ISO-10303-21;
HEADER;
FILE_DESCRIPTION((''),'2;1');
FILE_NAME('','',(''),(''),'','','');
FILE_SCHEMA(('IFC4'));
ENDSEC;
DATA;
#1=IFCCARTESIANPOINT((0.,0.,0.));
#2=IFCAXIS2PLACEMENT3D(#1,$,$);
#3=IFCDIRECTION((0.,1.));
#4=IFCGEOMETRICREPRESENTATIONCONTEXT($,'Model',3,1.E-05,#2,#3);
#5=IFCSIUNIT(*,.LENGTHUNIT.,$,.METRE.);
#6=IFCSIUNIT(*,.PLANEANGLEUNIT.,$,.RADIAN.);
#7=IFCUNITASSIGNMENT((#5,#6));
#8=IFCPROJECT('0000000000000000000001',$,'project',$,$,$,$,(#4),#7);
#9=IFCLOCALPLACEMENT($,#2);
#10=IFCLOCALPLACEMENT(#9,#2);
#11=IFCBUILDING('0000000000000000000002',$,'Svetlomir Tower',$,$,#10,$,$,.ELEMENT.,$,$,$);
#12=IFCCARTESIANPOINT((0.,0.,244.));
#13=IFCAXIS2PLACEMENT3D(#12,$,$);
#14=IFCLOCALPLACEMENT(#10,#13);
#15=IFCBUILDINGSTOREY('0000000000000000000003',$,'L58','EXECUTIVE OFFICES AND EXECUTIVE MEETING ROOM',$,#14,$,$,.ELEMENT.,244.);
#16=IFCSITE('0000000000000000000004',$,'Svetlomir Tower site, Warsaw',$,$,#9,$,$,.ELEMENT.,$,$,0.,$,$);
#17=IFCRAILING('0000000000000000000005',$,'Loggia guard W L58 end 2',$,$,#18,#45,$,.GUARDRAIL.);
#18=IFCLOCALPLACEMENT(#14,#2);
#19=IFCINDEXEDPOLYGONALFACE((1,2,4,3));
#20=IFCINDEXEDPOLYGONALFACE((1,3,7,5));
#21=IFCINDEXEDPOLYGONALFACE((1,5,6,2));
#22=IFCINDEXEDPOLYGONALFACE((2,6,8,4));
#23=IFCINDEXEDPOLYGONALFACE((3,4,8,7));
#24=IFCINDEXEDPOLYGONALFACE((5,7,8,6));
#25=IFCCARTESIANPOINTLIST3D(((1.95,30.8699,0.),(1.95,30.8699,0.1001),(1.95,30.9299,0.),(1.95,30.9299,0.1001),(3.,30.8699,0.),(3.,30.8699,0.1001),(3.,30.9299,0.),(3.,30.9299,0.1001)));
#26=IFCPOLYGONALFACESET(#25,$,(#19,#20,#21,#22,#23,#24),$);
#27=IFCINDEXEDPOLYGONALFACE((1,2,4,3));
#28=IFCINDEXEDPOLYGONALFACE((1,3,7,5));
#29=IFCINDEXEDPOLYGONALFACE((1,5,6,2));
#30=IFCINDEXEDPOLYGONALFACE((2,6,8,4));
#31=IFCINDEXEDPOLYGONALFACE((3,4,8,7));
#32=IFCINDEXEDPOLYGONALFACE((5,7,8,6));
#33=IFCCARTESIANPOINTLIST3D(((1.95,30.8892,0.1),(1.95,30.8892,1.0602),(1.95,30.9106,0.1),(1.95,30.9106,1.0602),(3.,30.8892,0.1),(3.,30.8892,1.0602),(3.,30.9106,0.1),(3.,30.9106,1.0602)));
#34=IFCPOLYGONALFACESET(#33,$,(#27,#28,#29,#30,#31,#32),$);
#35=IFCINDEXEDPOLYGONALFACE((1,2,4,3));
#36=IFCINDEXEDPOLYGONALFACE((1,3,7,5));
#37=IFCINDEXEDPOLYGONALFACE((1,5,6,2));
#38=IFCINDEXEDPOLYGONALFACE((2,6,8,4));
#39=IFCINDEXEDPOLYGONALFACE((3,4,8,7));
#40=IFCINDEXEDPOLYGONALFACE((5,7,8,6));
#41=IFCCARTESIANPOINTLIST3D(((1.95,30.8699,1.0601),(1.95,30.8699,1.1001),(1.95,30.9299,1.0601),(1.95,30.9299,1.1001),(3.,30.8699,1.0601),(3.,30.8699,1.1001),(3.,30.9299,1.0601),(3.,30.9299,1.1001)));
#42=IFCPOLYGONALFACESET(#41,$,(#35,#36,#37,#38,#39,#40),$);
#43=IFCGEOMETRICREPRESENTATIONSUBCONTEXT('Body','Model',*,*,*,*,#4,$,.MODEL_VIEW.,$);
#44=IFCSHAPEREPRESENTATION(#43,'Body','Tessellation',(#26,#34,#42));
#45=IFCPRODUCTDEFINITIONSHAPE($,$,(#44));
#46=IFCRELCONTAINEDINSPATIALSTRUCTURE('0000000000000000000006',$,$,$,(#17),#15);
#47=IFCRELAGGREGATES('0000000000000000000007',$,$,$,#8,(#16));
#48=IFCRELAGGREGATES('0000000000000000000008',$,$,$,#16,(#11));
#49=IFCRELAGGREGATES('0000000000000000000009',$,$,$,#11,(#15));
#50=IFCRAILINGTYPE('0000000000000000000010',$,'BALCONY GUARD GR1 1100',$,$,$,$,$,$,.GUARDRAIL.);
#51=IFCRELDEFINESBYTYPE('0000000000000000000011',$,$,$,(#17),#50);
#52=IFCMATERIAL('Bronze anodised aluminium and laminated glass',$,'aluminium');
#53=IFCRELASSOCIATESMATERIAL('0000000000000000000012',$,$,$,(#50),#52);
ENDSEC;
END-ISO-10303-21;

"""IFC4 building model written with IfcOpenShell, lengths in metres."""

from ifc_helpers import new_model, si_unit, direction, frame, origin, origin_2d, place, context, subcontext, project, spatial, rectangle, extrude, material, type_object, element, save


model = new_model("IFC4")

# Units and contexts
model_context = context("Model", 3, precision=1e-05, world=origin(), true_north=direction((0.0, 1.0)))
body_context = subcontext(model_context, "Body", "Model", "MODEL_VIEW")
ifc_project = project(units=[si_unit("LENGTHUNIT", "METRE"), si_unit("PLANEANGLEUNIT", "RADIAN")], contexts=[model_context])

# Site, building, storey
site_placement = place(None, origin())
site = spatial("IfcSite", under=ifc_project, at=site_placement, Name="Svetlomir Tower site, Warsaw", CompositionType="ELEMENT", RefElevation=0.0)
building_placement = place(site_placement, origin())
building = spatial("IfcBuilding", under=site, at=building_placement, Name="Svetlomir Tower", CompositionType="ELEMENT")
storey_placement = place(building_placement, frame((0.0, 0.0, 244.0)))
storey = spatial("IfcBuildingStorey", under=building, at=storey_placement, Name="L58", Description="EXECUTIVE OFFICES AND EXECUTIVE MEETING ROOM", CompositionType="ELEMENT", Elevation=244.0)

# Railing
ifc_material_1 = material(Name="Bronze anodised aluminium and laminated glass", Category="aluminium")
railing_type = type_object("IfcRailingType", Name="BALCONY GUARD GR1 1100", PredefinedType="GUARDRAIL", material=ifc_material_1)
railing_1_placement = place(storey_placement, frame((1.95, 30.8999, 0.0)))
element("IfcRailing", 1, at=railing_1_placement, inside=storey, type_object=railing_type, Name="Loggia guard W L58 end 2", PredefinedType="GUARDRAIL", context=body_context, shape_type="SweptSolid", body=[
    extrude(rectangle(XDim=0.0601, YDim=0.1001, at=origin_2d()), frame((0.0, 0.0, 0.05), z_axis=(1.0, 0.0, 0.0), x_axis=(0.0, 1.0, 0.0)), (0.0, 0.0, 1.0), 1.05),
    extrude(rectangle(XDim=0.0215, YDim=0.9602, at=origin_2d()), frame((0.0, 0.0, 0.5801), z_axis=(1.0, 0.0, 0.0), x_axis=(0.0, 1.0, 0.0)), (0.0, 0.0, 1.0), 1.05),
    extrude(rectangle(XDim=0.0601, YDim=0.04, at=origin_2d()), frame((0.0, 0.0, 1.0801), z_axis=(1.0, 0.0, 0.0), x_axis=(0.0, 1.0, 0.0)), (0.0, 0.0, 1.0), 1.05),
])

save(model, "model.ifc")
